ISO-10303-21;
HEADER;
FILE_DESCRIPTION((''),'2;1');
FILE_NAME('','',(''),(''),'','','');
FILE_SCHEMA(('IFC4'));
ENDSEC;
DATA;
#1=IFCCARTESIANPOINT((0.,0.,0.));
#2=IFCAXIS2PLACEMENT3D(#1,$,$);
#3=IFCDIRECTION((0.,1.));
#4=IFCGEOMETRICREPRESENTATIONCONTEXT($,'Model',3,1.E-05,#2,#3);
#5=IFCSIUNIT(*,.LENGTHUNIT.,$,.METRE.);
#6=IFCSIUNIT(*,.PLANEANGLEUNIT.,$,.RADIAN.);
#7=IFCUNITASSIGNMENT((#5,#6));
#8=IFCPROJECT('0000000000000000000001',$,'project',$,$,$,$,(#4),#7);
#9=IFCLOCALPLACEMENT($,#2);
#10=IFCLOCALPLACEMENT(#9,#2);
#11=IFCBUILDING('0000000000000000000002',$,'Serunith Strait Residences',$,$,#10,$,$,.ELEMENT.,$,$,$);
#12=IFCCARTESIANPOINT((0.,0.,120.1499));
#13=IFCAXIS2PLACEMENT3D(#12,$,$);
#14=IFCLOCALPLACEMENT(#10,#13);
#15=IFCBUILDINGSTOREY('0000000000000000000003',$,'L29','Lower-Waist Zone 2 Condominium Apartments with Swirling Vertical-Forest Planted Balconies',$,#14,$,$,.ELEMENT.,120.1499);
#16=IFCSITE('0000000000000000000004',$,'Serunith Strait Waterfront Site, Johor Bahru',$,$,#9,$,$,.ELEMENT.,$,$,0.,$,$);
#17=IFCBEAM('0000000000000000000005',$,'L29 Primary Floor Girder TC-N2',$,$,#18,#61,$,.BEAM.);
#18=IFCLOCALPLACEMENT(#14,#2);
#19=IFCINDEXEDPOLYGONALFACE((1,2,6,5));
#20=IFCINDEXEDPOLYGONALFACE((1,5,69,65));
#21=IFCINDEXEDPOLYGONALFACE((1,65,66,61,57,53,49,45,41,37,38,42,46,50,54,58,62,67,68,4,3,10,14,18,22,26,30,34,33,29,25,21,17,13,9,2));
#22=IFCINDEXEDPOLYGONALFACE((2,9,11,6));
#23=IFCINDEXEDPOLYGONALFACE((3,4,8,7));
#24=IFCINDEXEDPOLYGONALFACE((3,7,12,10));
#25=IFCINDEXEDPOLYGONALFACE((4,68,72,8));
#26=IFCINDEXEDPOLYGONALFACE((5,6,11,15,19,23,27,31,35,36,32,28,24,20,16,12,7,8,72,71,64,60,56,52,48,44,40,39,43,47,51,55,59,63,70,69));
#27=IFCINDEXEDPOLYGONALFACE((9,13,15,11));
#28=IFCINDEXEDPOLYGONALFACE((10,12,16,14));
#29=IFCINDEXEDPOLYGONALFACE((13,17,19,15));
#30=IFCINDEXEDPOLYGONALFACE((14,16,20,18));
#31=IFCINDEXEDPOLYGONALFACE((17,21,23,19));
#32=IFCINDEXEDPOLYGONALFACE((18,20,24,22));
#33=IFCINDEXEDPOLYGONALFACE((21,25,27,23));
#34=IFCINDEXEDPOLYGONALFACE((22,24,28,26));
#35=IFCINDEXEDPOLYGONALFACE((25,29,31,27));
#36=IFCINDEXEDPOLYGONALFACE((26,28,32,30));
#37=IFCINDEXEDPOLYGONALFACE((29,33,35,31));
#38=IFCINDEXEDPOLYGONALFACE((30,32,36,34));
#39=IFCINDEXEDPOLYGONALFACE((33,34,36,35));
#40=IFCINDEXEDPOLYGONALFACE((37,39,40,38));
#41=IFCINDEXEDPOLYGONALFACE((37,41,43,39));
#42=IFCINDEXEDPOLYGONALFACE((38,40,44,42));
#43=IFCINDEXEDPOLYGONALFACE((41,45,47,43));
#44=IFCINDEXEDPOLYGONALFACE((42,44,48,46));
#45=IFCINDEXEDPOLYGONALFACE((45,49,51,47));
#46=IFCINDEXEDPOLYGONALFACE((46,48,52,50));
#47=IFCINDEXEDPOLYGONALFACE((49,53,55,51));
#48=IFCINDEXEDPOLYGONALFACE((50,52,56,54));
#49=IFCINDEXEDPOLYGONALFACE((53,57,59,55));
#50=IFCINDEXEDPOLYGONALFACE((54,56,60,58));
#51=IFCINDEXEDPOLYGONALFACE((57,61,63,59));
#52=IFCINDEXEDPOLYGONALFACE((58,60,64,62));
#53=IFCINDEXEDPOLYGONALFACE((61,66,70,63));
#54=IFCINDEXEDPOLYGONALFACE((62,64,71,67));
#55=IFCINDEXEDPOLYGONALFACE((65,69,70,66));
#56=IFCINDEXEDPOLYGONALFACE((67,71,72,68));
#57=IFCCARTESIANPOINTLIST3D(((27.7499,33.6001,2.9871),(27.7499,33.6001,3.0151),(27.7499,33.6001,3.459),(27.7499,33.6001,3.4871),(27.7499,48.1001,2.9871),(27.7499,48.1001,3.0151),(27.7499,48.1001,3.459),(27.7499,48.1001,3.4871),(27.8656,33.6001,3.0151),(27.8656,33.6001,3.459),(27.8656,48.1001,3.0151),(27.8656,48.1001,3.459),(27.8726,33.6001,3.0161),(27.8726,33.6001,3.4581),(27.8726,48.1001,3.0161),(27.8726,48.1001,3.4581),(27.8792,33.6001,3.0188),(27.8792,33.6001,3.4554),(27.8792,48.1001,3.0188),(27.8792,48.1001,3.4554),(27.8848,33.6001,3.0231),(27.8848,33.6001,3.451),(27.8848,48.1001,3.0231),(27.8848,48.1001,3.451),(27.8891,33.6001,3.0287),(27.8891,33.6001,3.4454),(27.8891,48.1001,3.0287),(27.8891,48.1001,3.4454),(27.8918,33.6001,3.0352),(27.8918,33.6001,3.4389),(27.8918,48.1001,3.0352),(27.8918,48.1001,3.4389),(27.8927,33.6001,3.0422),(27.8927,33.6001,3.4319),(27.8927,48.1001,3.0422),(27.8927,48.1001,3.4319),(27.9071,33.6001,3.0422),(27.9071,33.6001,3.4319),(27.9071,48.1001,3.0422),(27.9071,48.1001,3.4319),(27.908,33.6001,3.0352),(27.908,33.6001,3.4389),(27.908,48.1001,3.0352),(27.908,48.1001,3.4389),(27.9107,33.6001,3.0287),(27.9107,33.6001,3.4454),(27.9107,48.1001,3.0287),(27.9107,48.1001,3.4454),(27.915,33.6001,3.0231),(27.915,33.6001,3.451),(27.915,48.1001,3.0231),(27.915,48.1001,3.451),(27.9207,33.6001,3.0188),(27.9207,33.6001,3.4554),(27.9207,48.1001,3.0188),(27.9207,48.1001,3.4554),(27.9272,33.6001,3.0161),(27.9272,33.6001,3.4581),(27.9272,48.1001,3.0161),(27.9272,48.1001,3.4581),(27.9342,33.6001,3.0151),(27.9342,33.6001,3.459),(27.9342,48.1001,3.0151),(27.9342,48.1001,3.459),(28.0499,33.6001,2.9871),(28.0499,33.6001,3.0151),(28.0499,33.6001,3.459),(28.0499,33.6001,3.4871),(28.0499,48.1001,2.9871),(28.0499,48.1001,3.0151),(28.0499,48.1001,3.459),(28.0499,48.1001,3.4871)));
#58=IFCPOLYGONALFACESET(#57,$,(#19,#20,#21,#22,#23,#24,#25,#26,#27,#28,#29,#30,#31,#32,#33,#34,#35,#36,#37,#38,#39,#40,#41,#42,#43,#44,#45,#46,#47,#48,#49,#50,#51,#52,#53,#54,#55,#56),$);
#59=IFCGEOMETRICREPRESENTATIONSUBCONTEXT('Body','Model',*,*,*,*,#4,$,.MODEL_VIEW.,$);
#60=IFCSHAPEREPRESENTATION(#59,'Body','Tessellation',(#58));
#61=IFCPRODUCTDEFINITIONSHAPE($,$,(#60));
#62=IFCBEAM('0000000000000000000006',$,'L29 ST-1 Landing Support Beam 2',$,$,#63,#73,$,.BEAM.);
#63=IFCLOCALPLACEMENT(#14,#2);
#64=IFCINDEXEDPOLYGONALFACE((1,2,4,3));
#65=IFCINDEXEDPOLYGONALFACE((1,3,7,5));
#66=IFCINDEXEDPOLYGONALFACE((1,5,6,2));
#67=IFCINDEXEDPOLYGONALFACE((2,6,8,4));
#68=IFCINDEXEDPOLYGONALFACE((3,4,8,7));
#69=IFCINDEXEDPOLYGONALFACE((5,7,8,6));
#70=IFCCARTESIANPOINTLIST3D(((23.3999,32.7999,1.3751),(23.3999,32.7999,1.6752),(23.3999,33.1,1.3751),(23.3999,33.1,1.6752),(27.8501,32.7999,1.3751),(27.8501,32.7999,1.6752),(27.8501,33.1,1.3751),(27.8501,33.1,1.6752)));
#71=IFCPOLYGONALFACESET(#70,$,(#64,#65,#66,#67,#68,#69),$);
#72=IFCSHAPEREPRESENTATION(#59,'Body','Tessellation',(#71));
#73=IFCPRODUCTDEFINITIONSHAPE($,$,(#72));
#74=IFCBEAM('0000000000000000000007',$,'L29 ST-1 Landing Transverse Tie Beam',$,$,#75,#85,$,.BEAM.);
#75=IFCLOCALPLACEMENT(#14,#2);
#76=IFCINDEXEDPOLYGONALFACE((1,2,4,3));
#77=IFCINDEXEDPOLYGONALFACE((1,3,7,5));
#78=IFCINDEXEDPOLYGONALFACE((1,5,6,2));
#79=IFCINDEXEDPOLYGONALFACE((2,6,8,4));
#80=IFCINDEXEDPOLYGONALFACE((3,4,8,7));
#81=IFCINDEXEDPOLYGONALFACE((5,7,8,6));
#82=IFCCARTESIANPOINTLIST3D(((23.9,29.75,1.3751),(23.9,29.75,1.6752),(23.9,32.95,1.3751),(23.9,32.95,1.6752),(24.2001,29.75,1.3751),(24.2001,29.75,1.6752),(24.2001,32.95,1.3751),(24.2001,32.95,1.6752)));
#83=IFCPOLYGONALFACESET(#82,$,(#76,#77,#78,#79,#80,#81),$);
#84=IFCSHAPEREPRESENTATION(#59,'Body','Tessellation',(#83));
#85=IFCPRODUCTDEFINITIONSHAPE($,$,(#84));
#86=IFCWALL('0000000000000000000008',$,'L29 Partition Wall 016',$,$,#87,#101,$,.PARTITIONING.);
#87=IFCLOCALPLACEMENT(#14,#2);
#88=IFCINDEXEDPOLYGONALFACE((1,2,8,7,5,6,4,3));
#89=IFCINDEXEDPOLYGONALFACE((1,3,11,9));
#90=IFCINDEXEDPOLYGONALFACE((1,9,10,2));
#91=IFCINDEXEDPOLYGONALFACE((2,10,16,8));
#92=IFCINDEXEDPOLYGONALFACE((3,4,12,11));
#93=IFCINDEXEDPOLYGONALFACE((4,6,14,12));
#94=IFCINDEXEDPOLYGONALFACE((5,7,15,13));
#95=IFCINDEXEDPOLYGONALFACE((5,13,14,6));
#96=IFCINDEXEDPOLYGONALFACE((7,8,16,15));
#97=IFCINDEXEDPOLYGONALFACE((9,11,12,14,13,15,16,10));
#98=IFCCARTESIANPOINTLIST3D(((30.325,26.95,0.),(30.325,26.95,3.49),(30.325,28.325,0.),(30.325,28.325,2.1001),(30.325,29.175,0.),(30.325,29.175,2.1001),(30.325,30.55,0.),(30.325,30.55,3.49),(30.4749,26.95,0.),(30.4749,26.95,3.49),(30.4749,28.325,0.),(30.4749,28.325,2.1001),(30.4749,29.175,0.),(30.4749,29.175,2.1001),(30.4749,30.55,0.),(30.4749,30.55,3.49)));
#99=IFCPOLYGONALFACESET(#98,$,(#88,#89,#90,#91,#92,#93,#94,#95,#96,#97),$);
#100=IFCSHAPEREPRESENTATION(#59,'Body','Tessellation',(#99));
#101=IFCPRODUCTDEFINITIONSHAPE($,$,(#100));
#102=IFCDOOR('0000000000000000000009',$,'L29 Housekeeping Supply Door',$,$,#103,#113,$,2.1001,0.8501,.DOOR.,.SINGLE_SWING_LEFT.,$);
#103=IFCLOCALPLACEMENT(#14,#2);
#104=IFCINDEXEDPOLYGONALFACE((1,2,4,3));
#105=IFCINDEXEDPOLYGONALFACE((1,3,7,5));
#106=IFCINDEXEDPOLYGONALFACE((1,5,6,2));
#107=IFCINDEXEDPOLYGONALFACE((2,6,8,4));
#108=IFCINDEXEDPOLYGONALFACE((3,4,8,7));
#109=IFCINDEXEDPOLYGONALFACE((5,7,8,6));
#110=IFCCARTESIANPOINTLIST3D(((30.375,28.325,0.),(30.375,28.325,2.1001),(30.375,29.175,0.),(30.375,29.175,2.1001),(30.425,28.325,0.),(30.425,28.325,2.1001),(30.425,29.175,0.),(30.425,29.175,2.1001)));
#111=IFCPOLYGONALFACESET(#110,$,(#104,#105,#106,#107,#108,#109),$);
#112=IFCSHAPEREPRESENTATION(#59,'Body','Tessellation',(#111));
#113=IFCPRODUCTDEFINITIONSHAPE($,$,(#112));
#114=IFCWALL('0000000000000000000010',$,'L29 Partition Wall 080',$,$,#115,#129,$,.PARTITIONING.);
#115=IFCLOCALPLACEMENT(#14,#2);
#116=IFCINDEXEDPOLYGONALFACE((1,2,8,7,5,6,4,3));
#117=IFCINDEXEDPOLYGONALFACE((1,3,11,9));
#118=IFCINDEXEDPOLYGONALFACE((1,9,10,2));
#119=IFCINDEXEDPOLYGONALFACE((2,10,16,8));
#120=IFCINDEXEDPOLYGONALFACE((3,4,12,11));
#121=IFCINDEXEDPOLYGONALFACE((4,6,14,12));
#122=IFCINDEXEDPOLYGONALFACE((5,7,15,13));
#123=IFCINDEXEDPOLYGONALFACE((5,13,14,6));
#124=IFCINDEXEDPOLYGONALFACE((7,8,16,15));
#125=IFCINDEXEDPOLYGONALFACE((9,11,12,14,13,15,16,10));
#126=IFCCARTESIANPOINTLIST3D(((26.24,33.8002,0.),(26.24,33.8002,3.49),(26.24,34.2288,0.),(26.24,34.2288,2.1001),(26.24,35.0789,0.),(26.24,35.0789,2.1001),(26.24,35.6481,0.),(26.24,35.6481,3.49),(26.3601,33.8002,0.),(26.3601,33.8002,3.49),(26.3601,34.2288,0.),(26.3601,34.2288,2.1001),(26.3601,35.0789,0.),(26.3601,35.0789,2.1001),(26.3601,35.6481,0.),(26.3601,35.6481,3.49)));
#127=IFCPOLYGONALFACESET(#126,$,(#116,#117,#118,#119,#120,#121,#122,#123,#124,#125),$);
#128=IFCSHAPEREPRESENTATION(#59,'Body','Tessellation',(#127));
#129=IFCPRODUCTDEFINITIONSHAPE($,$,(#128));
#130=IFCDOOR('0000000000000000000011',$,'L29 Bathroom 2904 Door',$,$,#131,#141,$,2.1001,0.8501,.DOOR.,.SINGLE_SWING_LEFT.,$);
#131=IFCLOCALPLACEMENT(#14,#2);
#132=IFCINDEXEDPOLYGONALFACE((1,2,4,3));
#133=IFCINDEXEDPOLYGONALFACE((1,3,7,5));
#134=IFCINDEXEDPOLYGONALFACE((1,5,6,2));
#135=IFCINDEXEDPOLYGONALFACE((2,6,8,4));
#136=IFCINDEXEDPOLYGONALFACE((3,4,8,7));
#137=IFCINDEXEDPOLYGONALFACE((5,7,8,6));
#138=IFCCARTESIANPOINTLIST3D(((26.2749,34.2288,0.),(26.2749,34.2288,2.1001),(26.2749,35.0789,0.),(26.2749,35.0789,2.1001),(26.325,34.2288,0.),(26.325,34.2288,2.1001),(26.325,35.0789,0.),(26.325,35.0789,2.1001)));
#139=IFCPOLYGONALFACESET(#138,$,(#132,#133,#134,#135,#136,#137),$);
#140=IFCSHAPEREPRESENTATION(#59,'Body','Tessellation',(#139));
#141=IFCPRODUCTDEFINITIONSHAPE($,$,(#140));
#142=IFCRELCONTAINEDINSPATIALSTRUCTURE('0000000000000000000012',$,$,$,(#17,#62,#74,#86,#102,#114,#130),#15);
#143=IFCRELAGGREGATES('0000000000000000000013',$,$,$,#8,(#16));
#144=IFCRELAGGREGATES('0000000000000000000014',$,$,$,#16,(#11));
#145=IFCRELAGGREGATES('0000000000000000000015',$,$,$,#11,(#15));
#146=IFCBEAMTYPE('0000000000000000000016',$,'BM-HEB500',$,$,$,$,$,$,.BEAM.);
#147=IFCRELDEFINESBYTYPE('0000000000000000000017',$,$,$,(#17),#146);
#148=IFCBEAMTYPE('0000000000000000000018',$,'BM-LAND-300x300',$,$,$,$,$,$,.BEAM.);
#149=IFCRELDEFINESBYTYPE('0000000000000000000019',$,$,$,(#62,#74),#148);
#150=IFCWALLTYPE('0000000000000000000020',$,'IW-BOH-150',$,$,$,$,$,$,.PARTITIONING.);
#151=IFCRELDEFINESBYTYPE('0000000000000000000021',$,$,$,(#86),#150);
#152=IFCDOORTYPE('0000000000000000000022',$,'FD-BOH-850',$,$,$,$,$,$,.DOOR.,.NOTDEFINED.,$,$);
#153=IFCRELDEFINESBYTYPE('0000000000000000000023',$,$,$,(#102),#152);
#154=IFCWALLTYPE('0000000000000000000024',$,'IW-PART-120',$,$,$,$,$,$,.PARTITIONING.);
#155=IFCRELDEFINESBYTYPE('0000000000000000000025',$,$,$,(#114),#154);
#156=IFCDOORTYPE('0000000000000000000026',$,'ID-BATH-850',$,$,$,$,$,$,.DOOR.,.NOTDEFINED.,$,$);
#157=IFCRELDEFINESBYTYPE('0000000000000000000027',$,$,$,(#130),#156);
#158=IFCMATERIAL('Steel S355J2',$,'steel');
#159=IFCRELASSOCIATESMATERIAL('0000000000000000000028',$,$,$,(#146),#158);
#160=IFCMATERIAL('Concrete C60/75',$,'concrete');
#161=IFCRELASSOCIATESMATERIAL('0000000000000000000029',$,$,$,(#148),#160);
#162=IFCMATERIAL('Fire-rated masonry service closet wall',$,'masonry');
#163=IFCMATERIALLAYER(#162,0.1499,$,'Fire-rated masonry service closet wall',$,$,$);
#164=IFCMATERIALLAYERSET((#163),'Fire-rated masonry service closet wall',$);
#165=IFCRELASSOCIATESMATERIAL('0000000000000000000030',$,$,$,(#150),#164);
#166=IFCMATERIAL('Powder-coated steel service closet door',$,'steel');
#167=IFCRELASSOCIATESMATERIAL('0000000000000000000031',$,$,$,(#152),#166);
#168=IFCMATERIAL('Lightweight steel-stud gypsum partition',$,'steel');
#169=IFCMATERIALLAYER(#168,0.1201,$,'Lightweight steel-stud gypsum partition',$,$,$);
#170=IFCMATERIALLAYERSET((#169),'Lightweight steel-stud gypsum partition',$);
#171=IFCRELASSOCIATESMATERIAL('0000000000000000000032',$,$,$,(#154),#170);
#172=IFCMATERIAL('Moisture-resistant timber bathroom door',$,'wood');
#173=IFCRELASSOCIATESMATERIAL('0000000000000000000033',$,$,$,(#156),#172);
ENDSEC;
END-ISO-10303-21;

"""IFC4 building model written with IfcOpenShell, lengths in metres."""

from ifc_helpers import new_model, si_unit, direction, frame, frame_2d, origin, origin_2d, place, context, subcontext, project, spatial, rectangle, i_section, extrude, source, transform, mapped, material, layer, layer_set, material_profile, profile_set, type_object, element, fill, save


model = new_model("IFC4")

# Units and contexts
model_context = context("Model", 3, precision=1e-05, world=origin(), true_north=direction((0.0, 1.0)))
body_context = subcontext(model_context, "Body", "Model", "MODEL_VIEW")
ifc_project = project(units=[si_unit("LENGTHUNIT", "METRE"), si_unit("PLANEANGLEUNIT", "RADIAN")], contexts=[model_context])

# Site, building, storey
site_placement = place(None, origin())
site = spatial("IfcSite", under=ifc_project, at=site_placement, Name="Serunith Strait Waterfront Site, Johor Bahru", CompositionType="ELEMENT", RefElevation=0.0)
building_placement = place(site_placement, origin())
building = spatial("IfcBuilding", under=site, at=building_placement, Name="Serunith Strait Residences", CompositionType="ELEMENT")
storey_placement = place(building_placement, frame((0.0, 0.0, 120.1499)))
storey = spatial("IfcBuildingStorey", under=building, at=storey_placement, Name="L29", Description="Lower-Waist Zone 2 Condominium Apartments with Swirling Vertical-Forest Planted Balconies", CompositionType="ELEMENT", Elevation=120.1499)

# Beams
ifc_material_1 = material(Name="Steel S355J2", Category="steel")
ifc_material_profile_1 = material_profile(ifc_material_1, i_section(OverallWidth=0.3, OverallDepth=0.5, WebThickness=0.0144, FlangeThickness=0.0281, FilletRadius=0.0271, at=origin_2d()), Name="HEB 500")
ifc_profile_set_1 = profile_set([ifc_material_profile_1], Name="Steel S355J2")
beam_type_1 = type_object("IfcBeamType", Name="BM-HEB500", PredefinedType="BEAM", material=ifc_profile_set_1)
shared_shape_1 = source(origin(), body_context, "Body", "SweptSolid", [
    extrude(i_section(OverallWidth=0.3, OverallDepth=0.5, WebThickness=0.0144, FlangeThickness=0.0281, FilletRadius=0.0271, at=origin_2d()), origin(), (0.0, 0.0, 1.0), 14.5),
])
beam_1_placement = place(storey_placement, frame((27.8999, 33.6001, 3.2371), z_axis=(0.0, 1.0, 0.0), x_axis=(-1.0, 0.0, 0.0)))
element("IfcBeam", 1, at=beam_1_placement, inside=storey, type_object=beam_type_1, Name="L29 Primary Floor Girder TC-N2", PredefinedType="BEAM", context=body_context, shape_type="MappedRepresentation", body=[
    mapped(shared_shape_1, transform((0.0, 0.0, 0.0), scale=1.0)),
])
ifc_material_2 = material(Name="Concrete C60/75", Category="concrete")
ifc_material_profile_2 = material_profile(ifc_material_2, rectangle(XDim=0.3, YDim=0.3, at=origin_2d()), Name="RC 300x300")
ifc_profile_set_2 = profile_set([ifc_material_profile_2], Name="Concrete C60/75")
beam_type_2 = type_object("IfcBeamType", Name="BM-LAND-300x300", PredefinedType="BEAM", material=ifc_profile_set_2)
shared_shape_2 = source(origin(), body_context, "Body", "SweptSolid", [
    extrude(rectangle(XDim=0.3, YDim=0.3, at=origin_2d()), origin(), (0.0, 0.0, 1.0), 4.4502),
])
beam_2_placement = place(storey_placement, frame((23.3999, 32.95, 1.5251), z_axis=(1.0, 0.0, 0.0), x_axis=(0.0, 1.0, 0.0)))
element("IfcBeam", 2, at=beam_2_placement, inside=storey, type_object=beam_type_2, Name="L29 ST-1 Landing Support Beam 2", PredefinedType="BEAM", context=body_context, shape_type="MappedRepresentation", body=[
    mapped(shared_shape_2, transform((0.0, 0.0, 0.0), scale=1.0)),
])
shared_shape_3 = source(origin(), body_context, "Body", "SweptSolid", [
    extrude(rectangle(XDim=0.3, YDim=0.3, at=origin_2d()), origin(), (0.0, 0.0, 1.0), 3.2),
])
beam_3_placement = place(storey_placement, frame((24.05, 29.75, 1.5251), z_axis=(0.0, 1.0, 0.0), x_axis=(-1.0, 0.0, 0.0)))
element("IfcBeam", 3, at=beam_3_placement, inside=storey, type_object=beam_type_2, Name="L29 ST-1 Landing Transverse Tie Beam", PredefinedType="BEAM", context=body_context, shape_type="MappedRepresentation", body=[
    mapped(shared_shape_3, transform((0.0, 0.0, 0.0), scale=1.0)),
])

# Walls, openings, doors
ifc_material_3 = material(Name="Fire-rated masonry service closet wall", Category="masonry")
ifc_layer_1 = layer(ifc_material_3, 0.1499, Name="Fire-rated masonry service closet wall")
ifc_layer_set_1 = layer_set([ifc_layer_1], Name="Fire-rated masonry service closet wall")
wall_type_1 = type_object("IfcWallType", Name="IW-BOH-150", PredefinedType="PARTITIONING", material=ifc_layer_set_1)
wall_1_placement = place(storey_placement, frame((30.3999, 26.95, 0.0), z_axis=(0.0, 0.0, 1.0), x_axis=(0.0, 1.0, 0.0)))
wall_1 = element("IfcWall", 4, at=wall_1_placement, inside=storey, type_object=wall_type_1, Name="L29 Partition Wall 016", PredefinedType="PARTITIONING", context=body_context, shape_type="SweptSolid", body=[
    extrude(rectangle(XDim=3.6001, YDim=0.1499, at=frame_2d((1.8, 0.0))), origin(), (0.0, 0.0, 1.0), 3.49),
])
opening_1_placement = place(wall_1_placement, frame((1.375, 0.0, 0.0)))
opening_1 = element("IfcOpeningElement", 5, at=opening_1_placement, cuts=wall_1, PredefinedType="OPENING", context=body_context, shape_type="SweptSolid", body=[
    extrude(rectangle(XDim=0.8501, YDim=2.1001, at=frame_2d((0.425, 1.05))), frame((0.0, 0.085, 0.0), z_axis=(0.0, -1.0, 0.0), x_axis=(1.0, 0.0, 0.0)), (0.0, 0.0, 1.0), 0.1699),
])
ifc_material_4 = material(Name="Powder-coated steel service closet door", Category="steel")
door_type_1 = type_object("IfcDoorType", Name="FD-BOH-850", OperationType="NOTDEFINED", PredefinedType="DOOR", material=ifc_material_4)
shared_shape_4 = source(origin(), body_context, "Body", "SweptSolid", [
    extrude(rectangle(XDim=0.8501, YDim=2.1001, at=frame_2d((0.425, 1.05))), frame((0.0, 0.0249, 0.0), z_axis=(0.0, -1.0, 0.0), x_axis=(1.0, 0.0, 0.0)), (0.0, 0.0, 1.0), 0.05),
])
door_1_placement = place(opening_1_placement, origin())
door_1 = element("IfcDoor", 6, at=door_1_placement, inside=storey, type_object=door_type_1, Name="L29 Housekeeping Supply Door", OperationType="SINGLE_SWING_LEFT", OverallHeight=2.1001, OverallWidth=0.8501, PredefinedType="DOOR", context=body_context, shape_type="MappedRepresentation", body=[
    mapped(shared_shape_4, transform((0.0, 0.0, 0.0), scale=1.0)),
])
fill(opening_1, door_1)
ifc_material_5 = material(Name="Lightweight steel-stud gypsum partition", Category="steel")
ifc_layer_2 = layer(ifc_material_5, 0.1201, Name="Lightweight steel-stud gypsum partition")
ifc_layer_set_2 = layer_set([ifc_layer_2], Name="Lightweight steel-stud gypsum partition")
wall_type_2 = type_object("IfcWallType", Name="IW-PART-120", PredefinedType="PARTITIONING", material=ifc_layer_set_2)
wall_2_placement = place(storey_placement, frame((26.3, 35.6479, 0.0), z_axis=(0.0, 0.0, 1.0), x_axis=(0.0, -1.0, 0.0)))
wall_2 = element("IfcWall", 7, at=wall_2_placement, inside=storey, type_object=wall_type_2, Name="L29 Partition Wall 080", PredefinedType="PARTITIONING", context=body_context, shape_type="SweptSolid", body=[
    extrude(rectangle(XDim=1.8479, YDim=0.1201, at=frame_2d((0.9238, 0.0))), origin(), (0.0, 0.0, 1.0), 3.49),
])
opening_2_placement = place(wall_2_placement, frame((0.5691, 0.0, 0.0)))
opening_2 = element("IfcOpeningElement", 8, at=opening_2_placement, cuts=wall_2, PredefinedType="OPENING", context=body_context, shape_type="SweptSolid", body=[
    extrude(rectangle(XDim=0.8501, YDim=2.1001, at=frame_2d((0.425, 1.05))), frame((0.0, 0.0701, 0.0), z_axis=(0.0, -1.0, 0.0), x_axis=(1.0, 0.0, 0.0)), (0.0, 0.0, 1.0), 0.1401),
])
ifc_material_6 = material(Name="Moisture-resistant timber bathroom door", Category="wood")
door_type_2 = type_object("IfcDoorType", Name="ID-BATH-850", OperationType="NOTDEFINED", PredefinedType="DOOR", material=ifc_material_6)
door_2_placement = place(opening_2_placement, origin())
door_2 = element("IfcDoor", 9, at=door_2_placement, inside=storey, type_object=door_type_2, Name="L29 Bathroom 2904 Door", OperationType="SINGLE_SWING_LEFT", OverallHeight=2.1001, OverallWidth=0.8501, PredefinedType="DOOR", context=body_context, shape_type="MappedRepresentation", body=[
    mapped(shared_shape_4, transform((0.0, 0.0, 0.0), scale=1.0)),
])
fill(opening_2, door_2)

save(model, "model.ifc")
